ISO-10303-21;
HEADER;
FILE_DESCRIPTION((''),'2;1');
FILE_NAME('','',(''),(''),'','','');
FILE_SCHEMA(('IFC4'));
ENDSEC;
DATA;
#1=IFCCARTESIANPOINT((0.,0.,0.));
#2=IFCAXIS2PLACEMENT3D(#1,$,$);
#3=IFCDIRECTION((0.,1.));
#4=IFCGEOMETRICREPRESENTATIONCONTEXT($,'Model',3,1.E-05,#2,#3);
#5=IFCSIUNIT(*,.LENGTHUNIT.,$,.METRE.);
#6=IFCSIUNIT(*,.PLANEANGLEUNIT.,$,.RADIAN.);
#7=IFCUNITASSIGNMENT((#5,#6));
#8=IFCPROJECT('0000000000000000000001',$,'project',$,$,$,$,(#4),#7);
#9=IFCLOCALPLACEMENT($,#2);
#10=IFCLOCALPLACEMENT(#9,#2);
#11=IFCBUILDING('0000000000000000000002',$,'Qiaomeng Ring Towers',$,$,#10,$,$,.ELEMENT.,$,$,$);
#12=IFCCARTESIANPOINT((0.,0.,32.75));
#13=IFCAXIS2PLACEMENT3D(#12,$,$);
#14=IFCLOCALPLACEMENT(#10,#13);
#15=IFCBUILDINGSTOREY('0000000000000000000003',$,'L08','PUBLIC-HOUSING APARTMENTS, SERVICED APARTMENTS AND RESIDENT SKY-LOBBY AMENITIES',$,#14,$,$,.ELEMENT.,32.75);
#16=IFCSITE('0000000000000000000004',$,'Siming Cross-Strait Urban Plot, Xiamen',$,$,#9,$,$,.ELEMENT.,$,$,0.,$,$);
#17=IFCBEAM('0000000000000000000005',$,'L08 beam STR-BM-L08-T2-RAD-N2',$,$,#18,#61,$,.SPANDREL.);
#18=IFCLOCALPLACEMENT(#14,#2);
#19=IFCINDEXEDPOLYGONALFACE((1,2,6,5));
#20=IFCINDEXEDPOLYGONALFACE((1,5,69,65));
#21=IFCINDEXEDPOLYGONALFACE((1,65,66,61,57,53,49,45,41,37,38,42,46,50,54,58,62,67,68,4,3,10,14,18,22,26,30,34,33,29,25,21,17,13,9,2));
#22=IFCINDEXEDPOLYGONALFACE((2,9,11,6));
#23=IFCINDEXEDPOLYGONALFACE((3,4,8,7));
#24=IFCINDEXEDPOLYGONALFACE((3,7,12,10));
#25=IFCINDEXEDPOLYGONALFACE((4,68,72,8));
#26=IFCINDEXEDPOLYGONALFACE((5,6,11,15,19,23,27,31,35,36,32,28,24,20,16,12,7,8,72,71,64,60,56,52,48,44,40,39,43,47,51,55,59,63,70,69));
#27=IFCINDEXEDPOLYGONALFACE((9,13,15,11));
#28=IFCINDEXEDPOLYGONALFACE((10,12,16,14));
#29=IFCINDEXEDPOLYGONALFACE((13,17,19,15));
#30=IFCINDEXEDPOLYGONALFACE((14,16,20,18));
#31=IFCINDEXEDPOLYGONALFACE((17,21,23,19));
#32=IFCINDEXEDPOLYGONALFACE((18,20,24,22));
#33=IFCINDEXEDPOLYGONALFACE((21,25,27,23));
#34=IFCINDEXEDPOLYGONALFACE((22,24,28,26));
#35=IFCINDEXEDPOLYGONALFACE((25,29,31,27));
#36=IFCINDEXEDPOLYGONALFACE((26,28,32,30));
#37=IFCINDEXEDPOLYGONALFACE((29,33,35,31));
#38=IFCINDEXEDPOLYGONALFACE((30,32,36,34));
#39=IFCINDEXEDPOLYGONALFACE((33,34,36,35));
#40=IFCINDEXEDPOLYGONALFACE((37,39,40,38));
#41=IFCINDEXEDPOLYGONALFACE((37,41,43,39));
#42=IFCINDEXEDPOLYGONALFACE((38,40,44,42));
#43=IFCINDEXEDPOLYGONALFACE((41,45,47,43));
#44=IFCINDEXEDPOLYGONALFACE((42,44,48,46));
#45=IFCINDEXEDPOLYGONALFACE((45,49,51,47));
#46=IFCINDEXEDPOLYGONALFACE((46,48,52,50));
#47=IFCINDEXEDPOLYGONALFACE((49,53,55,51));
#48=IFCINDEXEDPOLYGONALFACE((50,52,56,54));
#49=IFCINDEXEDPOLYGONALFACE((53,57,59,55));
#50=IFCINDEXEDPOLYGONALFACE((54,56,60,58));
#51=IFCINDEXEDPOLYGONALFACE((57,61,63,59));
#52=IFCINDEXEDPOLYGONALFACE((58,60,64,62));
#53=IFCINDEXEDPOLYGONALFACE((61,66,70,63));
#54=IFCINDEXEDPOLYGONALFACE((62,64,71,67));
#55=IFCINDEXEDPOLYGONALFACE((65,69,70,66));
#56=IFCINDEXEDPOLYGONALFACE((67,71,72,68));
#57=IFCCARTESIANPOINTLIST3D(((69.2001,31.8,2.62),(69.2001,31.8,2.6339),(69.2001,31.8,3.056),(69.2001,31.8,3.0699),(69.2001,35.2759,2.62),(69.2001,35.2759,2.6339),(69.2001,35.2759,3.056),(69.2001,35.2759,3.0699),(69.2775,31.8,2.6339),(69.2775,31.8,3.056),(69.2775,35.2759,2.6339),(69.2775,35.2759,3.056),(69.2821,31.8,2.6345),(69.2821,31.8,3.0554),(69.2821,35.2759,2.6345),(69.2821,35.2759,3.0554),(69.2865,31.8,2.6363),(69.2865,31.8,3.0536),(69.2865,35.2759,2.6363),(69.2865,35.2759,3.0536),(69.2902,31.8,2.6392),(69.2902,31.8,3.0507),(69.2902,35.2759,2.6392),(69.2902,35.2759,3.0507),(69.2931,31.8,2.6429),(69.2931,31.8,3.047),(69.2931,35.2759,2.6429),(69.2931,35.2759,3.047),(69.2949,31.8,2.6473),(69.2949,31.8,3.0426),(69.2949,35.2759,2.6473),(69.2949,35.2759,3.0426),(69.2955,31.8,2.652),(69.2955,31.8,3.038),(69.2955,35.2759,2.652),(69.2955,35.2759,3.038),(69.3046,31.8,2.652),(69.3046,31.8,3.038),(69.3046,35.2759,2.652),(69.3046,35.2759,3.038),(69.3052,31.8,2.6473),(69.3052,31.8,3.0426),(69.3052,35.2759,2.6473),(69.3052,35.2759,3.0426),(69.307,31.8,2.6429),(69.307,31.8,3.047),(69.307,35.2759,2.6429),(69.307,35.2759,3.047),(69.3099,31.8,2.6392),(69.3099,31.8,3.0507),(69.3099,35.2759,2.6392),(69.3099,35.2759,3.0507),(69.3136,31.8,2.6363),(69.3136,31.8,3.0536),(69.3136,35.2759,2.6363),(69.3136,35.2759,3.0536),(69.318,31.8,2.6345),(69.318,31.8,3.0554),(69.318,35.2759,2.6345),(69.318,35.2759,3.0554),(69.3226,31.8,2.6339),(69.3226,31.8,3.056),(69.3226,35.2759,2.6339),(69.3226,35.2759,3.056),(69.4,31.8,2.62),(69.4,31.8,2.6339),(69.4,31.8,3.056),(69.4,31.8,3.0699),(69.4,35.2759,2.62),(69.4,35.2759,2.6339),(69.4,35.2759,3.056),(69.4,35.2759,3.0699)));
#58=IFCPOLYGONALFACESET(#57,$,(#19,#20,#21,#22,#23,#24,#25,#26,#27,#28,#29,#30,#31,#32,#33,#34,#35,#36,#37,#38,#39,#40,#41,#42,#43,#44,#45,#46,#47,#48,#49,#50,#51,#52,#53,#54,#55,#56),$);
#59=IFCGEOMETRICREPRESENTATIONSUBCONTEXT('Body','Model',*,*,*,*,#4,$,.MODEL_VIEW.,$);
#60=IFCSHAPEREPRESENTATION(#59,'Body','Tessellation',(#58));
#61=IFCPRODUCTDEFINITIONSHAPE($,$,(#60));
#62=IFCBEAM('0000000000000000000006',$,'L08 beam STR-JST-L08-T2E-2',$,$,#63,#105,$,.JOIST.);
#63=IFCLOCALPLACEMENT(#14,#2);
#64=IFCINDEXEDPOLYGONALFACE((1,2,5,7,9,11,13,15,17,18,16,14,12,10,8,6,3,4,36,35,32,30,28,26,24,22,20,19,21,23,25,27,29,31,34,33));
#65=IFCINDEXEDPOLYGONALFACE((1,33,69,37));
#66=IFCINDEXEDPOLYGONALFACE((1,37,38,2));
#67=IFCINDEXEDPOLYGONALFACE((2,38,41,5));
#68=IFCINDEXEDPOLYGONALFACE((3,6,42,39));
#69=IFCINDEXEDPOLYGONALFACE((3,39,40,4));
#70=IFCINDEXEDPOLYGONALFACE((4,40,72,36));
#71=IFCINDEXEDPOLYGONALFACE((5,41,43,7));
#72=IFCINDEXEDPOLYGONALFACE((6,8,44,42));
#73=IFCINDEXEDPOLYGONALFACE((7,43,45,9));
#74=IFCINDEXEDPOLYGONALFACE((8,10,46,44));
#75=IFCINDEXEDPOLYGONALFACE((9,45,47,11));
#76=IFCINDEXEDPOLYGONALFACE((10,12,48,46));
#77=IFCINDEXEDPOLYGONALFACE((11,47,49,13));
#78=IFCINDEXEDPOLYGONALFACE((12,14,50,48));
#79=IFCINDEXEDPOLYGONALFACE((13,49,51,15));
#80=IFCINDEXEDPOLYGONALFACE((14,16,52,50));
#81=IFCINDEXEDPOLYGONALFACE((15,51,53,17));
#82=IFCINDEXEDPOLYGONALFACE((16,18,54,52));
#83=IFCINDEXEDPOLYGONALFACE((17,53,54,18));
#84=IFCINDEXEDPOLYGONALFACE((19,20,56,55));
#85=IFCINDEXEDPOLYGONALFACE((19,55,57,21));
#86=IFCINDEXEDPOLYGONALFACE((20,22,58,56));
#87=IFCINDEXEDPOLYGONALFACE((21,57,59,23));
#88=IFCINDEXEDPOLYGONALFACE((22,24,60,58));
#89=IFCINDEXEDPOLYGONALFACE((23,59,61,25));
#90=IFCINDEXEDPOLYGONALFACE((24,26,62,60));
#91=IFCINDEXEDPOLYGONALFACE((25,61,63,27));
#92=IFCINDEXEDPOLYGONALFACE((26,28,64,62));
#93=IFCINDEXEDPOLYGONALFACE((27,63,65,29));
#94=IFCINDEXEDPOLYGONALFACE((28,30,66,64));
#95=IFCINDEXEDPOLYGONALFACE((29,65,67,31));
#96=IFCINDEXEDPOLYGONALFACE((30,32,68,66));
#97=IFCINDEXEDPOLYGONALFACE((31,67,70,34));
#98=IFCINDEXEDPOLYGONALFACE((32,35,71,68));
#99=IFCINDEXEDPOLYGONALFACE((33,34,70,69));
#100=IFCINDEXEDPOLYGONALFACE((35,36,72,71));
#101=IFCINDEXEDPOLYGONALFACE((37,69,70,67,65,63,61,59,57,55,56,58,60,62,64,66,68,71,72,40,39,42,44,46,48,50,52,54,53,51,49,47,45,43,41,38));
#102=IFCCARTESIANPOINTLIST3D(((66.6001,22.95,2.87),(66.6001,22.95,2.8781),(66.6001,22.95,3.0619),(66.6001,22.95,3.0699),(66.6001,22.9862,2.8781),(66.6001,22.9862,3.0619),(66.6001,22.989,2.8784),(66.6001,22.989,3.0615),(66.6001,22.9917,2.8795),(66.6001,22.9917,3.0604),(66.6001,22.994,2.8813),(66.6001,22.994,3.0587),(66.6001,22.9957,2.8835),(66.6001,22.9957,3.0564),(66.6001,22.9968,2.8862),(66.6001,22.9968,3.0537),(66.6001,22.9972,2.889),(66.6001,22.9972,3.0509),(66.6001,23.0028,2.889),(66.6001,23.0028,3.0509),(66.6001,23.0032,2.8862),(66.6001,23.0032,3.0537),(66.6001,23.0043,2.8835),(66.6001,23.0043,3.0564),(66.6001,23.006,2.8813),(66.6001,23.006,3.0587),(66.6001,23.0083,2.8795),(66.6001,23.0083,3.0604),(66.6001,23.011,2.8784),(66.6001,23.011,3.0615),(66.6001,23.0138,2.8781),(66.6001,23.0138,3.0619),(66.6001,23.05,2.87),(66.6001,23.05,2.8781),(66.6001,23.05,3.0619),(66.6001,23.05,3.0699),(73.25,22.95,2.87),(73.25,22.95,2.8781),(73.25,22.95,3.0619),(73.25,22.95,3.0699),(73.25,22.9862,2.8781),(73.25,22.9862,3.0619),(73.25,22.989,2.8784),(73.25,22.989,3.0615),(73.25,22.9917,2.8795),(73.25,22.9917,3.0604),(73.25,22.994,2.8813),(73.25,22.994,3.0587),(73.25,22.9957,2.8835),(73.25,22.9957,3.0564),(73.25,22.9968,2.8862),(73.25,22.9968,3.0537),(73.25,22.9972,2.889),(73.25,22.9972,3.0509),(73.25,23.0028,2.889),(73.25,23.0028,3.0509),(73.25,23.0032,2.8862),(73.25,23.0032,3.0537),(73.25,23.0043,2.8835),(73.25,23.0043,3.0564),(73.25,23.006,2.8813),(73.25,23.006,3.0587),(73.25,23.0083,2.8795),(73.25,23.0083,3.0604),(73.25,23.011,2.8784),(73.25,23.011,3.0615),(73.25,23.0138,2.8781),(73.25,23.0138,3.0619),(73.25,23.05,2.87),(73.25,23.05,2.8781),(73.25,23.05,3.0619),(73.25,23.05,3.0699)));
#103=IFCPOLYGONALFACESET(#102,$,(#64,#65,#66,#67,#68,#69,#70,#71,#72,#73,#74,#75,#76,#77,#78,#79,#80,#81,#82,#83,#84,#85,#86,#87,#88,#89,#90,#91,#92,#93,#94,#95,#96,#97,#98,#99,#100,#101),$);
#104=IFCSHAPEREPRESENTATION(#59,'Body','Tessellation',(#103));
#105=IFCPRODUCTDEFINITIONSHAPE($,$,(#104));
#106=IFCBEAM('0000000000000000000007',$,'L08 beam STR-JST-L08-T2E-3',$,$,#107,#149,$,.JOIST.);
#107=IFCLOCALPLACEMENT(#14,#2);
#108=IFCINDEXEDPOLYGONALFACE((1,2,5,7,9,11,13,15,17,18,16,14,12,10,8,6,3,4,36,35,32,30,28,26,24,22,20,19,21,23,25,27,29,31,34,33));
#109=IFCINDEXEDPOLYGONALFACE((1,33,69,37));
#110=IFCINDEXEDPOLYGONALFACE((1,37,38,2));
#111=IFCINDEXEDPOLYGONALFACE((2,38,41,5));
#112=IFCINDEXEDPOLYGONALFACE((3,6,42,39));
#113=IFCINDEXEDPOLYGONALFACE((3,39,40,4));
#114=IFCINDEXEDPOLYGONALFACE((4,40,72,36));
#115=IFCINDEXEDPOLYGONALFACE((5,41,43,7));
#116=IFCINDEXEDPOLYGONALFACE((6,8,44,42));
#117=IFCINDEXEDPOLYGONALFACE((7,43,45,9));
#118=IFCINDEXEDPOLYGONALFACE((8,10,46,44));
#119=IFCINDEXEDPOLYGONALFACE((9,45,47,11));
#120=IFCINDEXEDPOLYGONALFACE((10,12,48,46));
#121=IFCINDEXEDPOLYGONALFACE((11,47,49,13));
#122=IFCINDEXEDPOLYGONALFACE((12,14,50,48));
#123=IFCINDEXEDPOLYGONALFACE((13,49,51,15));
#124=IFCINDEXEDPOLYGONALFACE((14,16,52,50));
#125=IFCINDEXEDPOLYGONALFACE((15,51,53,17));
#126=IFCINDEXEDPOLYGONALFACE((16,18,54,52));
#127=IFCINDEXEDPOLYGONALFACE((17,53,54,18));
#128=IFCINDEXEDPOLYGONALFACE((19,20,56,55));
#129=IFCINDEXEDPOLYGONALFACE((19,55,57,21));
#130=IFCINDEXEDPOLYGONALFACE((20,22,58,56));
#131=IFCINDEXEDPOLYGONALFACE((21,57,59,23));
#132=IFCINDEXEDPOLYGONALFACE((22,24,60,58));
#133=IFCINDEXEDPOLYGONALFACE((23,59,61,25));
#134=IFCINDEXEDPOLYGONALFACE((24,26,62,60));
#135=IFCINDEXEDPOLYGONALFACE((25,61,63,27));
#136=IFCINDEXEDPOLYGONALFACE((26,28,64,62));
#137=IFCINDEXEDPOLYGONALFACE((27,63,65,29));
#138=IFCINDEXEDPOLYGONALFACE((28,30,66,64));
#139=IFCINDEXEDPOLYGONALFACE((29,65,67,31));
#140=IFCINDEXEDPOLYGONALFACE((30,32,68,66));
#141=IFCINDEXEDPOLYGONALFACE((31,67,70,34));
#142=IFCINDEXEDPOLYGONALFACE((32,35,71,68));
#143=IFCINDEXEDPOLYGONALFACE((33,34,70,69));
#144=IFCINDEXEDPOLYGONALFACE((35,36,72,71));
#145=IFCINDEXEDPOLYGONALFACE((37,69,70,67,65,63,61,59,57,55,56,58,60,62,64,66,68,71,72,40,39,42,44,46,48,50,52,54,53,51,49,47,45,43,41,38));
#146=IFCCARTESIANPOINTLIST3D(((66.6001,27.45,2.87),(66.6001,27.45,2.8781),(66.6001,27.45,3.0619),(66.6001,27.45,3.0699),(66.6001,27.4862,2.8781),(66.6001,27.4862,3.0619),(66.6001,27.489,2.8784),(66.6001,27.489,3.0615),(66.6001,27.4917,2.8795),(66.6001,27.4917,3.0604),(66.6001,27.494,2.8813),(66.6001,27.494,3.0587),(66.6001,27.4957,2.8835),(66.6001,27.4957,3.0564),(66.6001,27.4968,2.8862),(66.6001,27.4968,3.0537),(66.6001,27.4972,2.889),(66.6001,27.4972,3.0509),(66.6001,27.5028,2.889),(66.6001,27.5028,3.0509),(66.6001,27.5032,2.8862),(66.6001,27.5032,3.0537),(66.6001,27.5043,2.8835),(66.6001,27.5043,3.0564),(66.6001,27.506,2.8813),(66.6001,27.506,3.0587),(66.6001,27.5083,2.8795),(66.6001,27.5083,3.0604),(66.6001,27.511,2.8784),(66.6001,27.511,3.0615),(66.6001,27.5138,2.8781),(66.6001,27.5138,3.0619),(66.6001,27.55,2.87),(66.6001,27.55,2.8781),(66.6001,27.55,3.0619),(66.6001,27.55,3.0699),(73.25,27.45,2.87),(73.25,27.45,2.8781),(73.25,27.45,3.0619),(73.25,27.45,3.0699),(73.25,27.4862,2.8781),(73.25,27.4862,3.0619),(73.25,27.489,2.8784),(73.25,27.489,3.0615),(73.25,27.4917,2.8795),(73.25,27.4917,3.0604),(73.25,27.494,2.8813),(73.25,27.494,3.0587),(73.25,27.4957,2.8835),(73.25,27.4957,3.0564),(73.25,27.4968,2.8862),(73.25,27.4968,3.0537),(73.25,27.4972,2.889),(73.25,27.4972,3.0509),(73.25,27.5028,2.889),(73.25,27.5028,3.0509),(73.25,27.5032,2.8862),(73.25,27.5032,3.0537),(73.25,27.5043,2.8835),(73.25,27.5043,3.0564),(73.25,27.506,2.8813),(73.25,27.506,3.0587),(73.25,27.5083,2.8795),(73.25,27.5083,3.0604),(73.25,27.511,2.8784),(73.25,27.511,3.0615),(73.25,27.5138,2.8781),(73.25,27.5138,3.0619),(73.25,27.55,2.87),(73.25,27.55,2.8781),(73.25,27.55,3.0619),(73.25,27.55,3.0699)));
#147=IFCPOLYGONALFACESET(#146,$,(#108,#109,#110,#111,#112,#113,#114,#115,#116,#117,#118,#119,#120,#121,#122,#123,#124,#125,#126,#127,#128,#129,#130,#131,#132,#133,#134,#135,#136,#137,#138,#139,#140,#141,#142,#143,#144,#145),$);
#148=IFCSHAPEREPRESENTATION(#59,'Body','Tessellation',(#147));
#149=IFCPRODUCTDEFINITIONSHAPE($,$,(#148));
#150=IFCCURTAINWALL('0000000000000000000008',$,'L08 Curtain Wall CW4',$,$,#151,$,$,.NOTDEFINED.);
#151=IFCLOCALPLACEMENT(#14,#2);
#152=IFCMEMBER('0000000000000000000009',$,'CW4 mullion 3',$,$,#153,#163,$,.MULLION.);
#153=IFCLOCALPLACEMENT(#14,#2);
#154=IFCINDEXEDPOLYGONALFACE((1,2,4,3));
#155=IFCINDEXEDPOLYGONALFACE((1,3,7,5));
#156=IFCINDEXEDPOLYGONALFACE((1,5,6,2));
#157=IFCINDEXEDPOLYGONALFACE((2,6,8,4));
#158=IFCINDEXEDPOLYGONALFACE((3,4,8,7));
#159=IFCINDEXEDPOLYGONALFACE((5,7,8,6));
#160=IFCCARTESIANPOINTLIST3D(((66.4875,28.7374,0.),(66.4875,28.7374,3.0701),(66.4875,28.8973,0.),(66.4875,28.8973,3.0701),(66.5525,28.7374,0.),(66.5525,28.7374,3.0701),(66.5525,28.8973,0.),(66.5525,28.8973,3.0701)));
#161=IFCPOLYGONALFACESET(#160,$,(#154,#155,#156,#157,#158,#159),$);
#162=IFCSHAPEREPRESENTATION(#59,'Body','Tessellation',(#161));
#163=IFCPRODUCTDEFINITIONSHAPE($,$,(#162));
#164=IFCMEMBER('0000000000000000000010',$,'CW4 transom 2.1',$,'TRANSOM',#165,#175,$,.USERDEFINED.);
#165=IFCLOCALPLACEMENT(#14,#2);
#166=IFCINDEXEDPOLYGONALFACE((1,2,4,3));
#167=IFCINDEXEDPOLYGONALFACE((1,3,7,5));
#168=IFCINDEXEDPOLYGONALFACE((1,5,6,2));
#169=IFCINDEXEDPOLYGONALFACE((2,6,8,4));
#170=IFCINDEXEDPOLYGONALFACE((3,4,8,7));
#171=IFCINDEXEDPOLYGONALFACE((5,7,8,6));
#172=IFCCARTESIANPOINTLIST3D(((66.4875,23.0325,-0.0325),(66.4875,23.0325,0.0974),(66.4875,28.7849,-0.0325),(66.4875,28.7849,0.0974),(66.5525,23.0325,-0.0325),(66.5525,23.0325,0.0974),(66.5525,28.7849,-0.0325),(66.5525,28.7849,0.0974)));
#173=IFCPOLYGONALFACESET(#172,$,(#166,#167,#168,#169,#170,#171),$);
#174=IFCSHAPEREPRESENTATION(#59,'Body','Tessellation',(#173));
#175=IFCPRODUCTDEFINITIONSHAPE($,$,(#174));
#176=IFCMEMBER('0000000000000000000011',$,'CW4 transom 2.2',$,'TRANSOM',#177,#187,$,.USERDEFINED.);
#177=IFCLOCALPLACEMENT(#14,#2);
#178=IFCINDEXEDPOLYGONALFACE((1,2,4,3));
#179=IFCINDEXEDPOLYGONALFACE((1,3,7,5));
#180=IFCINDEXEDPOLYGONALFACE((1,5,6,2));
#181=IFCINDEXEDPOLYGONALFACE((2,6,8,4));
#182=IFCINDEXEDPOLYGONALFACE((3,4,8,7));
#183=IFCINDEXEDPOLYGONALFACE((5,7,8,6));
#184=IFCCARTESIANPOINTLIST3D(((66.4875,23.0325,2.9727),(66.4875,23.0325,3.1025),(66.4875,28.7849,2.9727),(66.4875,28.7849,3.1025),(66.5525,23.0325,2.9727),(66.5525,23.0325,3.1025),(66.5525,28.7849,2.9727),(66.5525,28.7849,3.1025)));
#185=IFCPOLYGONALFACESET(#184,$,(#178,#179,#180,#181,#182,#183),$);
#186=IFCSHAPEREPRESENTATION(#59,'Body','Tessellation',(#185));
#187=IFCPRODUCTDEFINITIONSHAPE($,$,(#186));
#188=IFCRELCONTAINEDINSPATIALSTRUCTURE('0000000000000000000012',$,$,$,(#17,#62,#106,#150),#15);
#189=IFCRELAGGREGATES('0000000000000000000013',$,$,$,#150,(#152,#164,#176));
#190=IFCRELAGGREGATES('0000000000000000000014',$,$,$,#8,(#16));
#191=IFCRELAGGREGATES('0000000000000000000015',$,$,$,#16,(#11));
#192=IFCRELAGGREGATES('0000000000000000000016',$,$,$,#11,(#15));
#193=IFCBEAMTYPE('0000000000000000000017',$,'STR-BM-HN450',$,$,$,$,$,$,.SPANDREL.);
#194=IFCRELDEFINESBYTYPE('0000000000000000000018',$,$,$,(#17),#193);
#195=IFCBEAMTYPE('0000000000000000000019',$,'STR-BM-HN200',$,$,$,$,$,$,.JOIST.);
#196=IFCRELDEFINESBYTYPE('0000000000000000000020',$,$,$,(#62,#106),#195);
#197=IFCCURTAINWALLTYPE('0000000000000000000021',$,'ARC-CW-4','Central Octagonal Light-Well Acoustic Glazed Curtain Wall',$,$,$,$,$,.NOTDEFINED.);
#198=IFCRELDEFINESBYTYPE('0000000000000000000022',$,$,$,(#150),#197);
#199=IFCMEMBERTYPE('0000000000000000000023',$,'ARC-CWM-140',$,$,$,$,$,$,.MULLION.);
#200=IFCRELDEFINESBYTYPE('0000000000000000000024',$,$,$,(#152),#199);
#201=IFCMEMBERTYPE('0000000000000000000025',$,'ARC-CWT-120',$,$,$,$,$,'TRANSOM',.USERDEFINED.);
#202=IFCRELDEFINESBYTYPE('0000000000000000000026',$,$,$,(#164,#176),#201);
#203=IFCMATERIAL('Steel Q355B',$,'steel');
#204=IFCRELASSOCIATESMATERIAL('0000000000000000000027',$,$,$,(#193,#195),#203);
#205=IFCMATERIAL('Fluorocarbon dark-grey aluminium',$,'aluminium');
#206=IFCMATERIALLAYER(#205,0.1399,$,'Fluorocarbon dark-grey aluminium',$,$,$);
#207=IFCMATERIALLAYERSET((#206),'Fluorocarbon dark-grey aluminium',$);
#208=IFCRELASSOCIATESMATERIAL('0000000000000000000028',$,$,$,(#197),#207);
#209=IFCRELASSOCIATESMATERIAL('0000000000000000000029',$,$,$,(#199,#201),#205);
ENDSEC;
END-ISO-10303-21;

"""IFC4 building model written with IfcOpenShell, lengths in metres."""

from ifc_helpers import new_model, si_unit, direction, frame, origin, origin_2d, place, context, subcontext, project, spatial, rectangle, i_section, extrude, source, transform, mapped, material, layer, layer_set, material_profile, profile_set, type_object, element, aggregate, save


model = new_model("IFC4")

# Units and contexts
model_context = context("Model", 3, precision=1e-05, world=origin(), true_north=direction((0.0, 1.0)))
body_context = subcontext(model_context, "Body", "Model", "MODEL_VIEW")
ifc_project = project(units=[si_unit("LENGTHUNIT", "METRE"), si_unit("PLANEANGLEUNIT", "RADIAN")], contexts=[model_context])

# Site, building, storey
site_placement = place(None, origin())
site = spatial("IfcSite", under=ifc_project, at=site_placement, Name="Siming Cross-Strait Urban Plot, Xiamen", CompositionType="ELEMENT", RefElevation=0.0)
building_placement = place(site_placement, origin())
building = spatial("IfcBuilding", under=site, at=building_placement, Name="Qiaomeng Ring Towers", CompositionType="ELEMENT")
storey_placement = place(building_placement, frame((0.0, 0.0, 32.75)))
storey = spatial("IfcBuildingStorey", under=building, at=storey_placement, Name="L08", Description="PUBLIC-HOUSING APARTMENTS, SERVICED APARTMENTS AND RESIDENT SKY-LOBBY AMENITIES", CompositionType="ELEMENT", Elevation=32.75)

# Beams
ifc_material_1 = material(Name="Steel Q355B", Category="steel")
ifc_material_profile_1 = material_profile(ifc_material_1, i_section(OverallWidth=0.2, OverallDepth=0.45, WebThickness=0.009, FlangeThickness=0.0139, FilletRadius=0.0181, at=origin_2d()), Name="HN 450x200x9x14")
ifc_profile_set_1 = profile_set([ifc_material_profile_1], Name="Steel Q355B")
beam_type_1 = type_object("IfcBeamType", Name="STR-BM-HN450", PredefinedType="SPANDREL", material=ifc_profile_set_1)
shared_shape_1 = source(origin(), body_context, "Body", "SweptSolid", [
    extrude(i_section(OverallWidth=0.2, OverallDepth=0.45, WebThickness=0.009, FlangeThickness=0.0139, FilletRadius=0.0181, at=origin_2d()), origin(), (0.0, 0.0, 1.0), 3.4758),
])
beam_1_placement = place(storey_placement, frame((69.3, 35.2759, 2.845), z_axis=(0.0, -1.0, 0.0), x_axis=(1.0, 0.0, 0.0)))
element("IfcBeam", 1, at=beam_1_placement, inside=storey, type_object=beam_type_1, Name="L08 beam STR-BM-L08-T2-RAD-N2", PredefinedType="SPANDREL", context=body_context, shape_type="MappedRepresentation", body=[
    mapped(shared_shape_1, transform((0.0, 0.0, 0.0), x_axis=(1.0, 0.0, 0.0), y_axis=(0.0, 1.0, 0.0), z_axis=(0.0, 0.0, 1.0), scale=1.0)),
])
ifc_material_profile_2 = material_profile(ifc_material_1, i_section(OverallWidth=0.1001, OverallDepth=0.2, WebThickness=0.0056, FlangeThickness=0.0081, FilletRadius=0.011, at=origin_2d()), Name="HN 200x100x5.5x8")
ifc_profile_set_2 = profile_set([ifc_material_profile_2], Name="Steel Q355B")
beam_type_2 = type_object("IfcBeamType", Name="STR-BM-HN200", PredefinedType="JOIST", material=ifc_profile_set_2)
shared_shape_2 = source(origin(), body_context, "Body", "SweptSolid", [
    extrude(i_section(OverallWidth=0.1001, OverallDepth=0.2, WebThickness=0.0056, FlangeThickness=0.0081, FilletRadius=0.011, at=origin_2d()), origin(), (0.0, 0.0, 1.0), 6.6499),
])
for number, where, z_axis, x_axis, name in (
    (2, (66.6001, 23.0, 2.97), (1.0, 0.0, 0.0), (0.0, 1.0, 0.0), "L08 beam STR-JST-L08-T2E-2"),
    (3, (66.6001, 27.5, 2.97), (1.0, 0.0, 0.0), (0.0, 1.0, 0.0), "L08 beam STR-JST-L08-T2E-3"),
):
    element("IfcBeam", number, at=place(storey_placement, frame(where, z_axis=z_axis, x_axis=x_axis)), inside=storey, type_object=beam_type_2, Name=name, PredefinedType="JOIST", context=body_context, shape_type="MappedRepresentation", body=[
        mapped(shared_shape_2, transform((0.0, 0.0, 0.0), x_axis=(1.0, 0.0, 0.0), y_axis=(0.0, 1.0, 0.0), z_axis=(0.0, 0.0, 1.0), scale=1.0)),
    ])

# Curtain wall, members
ifc_material_2 = material(Name="Fluorocarbon dark-grey aluminium", Category="aluminium")
ifc_layer_1 = layer(ifc_material_2, 0.1399, Name="Fluorocarbon dark-grey aluminium")
ifc_layer_set_1 = layer_set([ifc_layer_1], Name="Fluorocarbon dark-grey aluminium")
curtain_wall_type_1 = type_object("IfcCurtainWallType", Name="ARC-CW-4", Description="Central Octagonal Light-Well Acoustic Glazed Curtain Wall", PredefinedType="NOTDEFINED", material=ifc_layer_set_1)
curtain_wall_1_placement = place(storey_placement, origin())
curtain_wall_1 = element("IfcCurtainWall", 4, at=curtain_wall_1_placement, inside=storey, type_object=curtain_wall_type_1, Name="L08 Curtain Wall CW4", PredefinedType="NOTDEFINED")
ifc_material_profile_3 = material_profile(ifc_material_2, rectangle(XDim=0.0649, YDim=0.1599, at=origin_2d()), Name="ALU MULL 65x160")
ifc_profile_set_3 = profile_set([ifc_material_profile_3], Name="Fluorocarbon dark-grey aluminium")
member_type_1 = type_object("IfcMemberType", Name="ARC-CWM-140", PredefinedType="MULLION", material=ifc_profile_set_3)
shared_shape_3 = source(origin(), body_context, "Body", "SweptSolid", [
    extrude(rectangle(XDim=0.0649, YDim=0.1599, at=origin_2d()), origin(), (0.0, 0.0, 1.0), 3.0701),
])
member_1_placement = place(storey_placement, frame((66.52, 28.8174, 0.0), z_axis=(0.0, 0.0, 1.0), x_axis=(-1.0, 0.0, 0.0)))
member_1 = element("IfcMember", 5, at=member_1_placement, type_object=member_type_1, Name="CW4 mullion 3", PredefinedType="MULLION", context=body_context, shape_type="MappedRepresentation", body=[
    mapped(shared_shape_3, transform((0.0, 0.0, 0.0), x_axis=(1.0, 0.0, 0.0), y_axis=(0.0, 1.0, 0.0), z_axis=(0.0, 0.0, 1.0), scale=1.0)),
])
ifc_material_profile_4 = material_profile(ifc_material_2, rectangle(XDim=0.0649, YDim=0.1299, at=origin_2d()), Name="ALU TRAN 65x130")
ifc_profile_set_4 = profile_set([ifc_material_profile_4], Name="Fluorocarbon dark-grey aluminium")
member_type_2 = type_object("IfcMemberType", Name="ARC-CWT-120", ElementType="TRANSOM", PredefinedType="USERDEFINED", material=ifc_profile_set_4)
shared_shape_4 = source(origin(), body_context, "Body", "SweptSolid", [
    extrude(rectangle(XDim=0.0649, YDim=0.1299, at=origin_2d()), origin(), (0.0, 0.0, 1.0), 5.7524),
])
member_2_placement = place(storey_placement, frame((66.52, 23.0325, 0.0325), z_axis=(0.0, 1.0, 0.0), x_axis=(-1.0, 0.0, 0.0)))
member_2 = element("IfcMember", 6, at=member_2_placement, type_object=member_type_2, Name="CW4 transom 2.1", ObjectType="TRANSOM", PredefinedType="USERDEFINED", context=body_context, shape_type="MappedRepresentation", body=[
    mapped(shared_shape_4, transform((0.0, 0.0, 0.0), x_axis=(1.0, 0.0, 0.0), y_axis=(0.0, 1.0, 0.0), z_axis=(0.0, 0.0, 1.0), scale=1.0)),
])
member_3_placement = place(storey_placement, frame((66.52, 23.0325, 3.0376), z_axis=(0.0, 1.0, 0.0), x_axis=(-1.0, 0.0, 0.0)))
member_3 = element("IfcMember", 7, at=member_3_placement, type_object=member_type_2, Name="CW4 transom 2.2", ObjectType="TRANSOM", PredefinedType="USERDEFINED", context=body_context, shape_type="MappedRepresentation", body=[
    mapped(shared_shape_4, transform((0.0, 0.0, 0.0), x_axis=(1.0, 0.0, 0.0), y_axis=(0.0, 1.0, 0.0), z_axis=(0.0, 0.0, 1.0), scale=1.0)),
])

aggregate(curtain_wall_1, [member_1, member_2, member_3])

save(model, "model.ifc")
